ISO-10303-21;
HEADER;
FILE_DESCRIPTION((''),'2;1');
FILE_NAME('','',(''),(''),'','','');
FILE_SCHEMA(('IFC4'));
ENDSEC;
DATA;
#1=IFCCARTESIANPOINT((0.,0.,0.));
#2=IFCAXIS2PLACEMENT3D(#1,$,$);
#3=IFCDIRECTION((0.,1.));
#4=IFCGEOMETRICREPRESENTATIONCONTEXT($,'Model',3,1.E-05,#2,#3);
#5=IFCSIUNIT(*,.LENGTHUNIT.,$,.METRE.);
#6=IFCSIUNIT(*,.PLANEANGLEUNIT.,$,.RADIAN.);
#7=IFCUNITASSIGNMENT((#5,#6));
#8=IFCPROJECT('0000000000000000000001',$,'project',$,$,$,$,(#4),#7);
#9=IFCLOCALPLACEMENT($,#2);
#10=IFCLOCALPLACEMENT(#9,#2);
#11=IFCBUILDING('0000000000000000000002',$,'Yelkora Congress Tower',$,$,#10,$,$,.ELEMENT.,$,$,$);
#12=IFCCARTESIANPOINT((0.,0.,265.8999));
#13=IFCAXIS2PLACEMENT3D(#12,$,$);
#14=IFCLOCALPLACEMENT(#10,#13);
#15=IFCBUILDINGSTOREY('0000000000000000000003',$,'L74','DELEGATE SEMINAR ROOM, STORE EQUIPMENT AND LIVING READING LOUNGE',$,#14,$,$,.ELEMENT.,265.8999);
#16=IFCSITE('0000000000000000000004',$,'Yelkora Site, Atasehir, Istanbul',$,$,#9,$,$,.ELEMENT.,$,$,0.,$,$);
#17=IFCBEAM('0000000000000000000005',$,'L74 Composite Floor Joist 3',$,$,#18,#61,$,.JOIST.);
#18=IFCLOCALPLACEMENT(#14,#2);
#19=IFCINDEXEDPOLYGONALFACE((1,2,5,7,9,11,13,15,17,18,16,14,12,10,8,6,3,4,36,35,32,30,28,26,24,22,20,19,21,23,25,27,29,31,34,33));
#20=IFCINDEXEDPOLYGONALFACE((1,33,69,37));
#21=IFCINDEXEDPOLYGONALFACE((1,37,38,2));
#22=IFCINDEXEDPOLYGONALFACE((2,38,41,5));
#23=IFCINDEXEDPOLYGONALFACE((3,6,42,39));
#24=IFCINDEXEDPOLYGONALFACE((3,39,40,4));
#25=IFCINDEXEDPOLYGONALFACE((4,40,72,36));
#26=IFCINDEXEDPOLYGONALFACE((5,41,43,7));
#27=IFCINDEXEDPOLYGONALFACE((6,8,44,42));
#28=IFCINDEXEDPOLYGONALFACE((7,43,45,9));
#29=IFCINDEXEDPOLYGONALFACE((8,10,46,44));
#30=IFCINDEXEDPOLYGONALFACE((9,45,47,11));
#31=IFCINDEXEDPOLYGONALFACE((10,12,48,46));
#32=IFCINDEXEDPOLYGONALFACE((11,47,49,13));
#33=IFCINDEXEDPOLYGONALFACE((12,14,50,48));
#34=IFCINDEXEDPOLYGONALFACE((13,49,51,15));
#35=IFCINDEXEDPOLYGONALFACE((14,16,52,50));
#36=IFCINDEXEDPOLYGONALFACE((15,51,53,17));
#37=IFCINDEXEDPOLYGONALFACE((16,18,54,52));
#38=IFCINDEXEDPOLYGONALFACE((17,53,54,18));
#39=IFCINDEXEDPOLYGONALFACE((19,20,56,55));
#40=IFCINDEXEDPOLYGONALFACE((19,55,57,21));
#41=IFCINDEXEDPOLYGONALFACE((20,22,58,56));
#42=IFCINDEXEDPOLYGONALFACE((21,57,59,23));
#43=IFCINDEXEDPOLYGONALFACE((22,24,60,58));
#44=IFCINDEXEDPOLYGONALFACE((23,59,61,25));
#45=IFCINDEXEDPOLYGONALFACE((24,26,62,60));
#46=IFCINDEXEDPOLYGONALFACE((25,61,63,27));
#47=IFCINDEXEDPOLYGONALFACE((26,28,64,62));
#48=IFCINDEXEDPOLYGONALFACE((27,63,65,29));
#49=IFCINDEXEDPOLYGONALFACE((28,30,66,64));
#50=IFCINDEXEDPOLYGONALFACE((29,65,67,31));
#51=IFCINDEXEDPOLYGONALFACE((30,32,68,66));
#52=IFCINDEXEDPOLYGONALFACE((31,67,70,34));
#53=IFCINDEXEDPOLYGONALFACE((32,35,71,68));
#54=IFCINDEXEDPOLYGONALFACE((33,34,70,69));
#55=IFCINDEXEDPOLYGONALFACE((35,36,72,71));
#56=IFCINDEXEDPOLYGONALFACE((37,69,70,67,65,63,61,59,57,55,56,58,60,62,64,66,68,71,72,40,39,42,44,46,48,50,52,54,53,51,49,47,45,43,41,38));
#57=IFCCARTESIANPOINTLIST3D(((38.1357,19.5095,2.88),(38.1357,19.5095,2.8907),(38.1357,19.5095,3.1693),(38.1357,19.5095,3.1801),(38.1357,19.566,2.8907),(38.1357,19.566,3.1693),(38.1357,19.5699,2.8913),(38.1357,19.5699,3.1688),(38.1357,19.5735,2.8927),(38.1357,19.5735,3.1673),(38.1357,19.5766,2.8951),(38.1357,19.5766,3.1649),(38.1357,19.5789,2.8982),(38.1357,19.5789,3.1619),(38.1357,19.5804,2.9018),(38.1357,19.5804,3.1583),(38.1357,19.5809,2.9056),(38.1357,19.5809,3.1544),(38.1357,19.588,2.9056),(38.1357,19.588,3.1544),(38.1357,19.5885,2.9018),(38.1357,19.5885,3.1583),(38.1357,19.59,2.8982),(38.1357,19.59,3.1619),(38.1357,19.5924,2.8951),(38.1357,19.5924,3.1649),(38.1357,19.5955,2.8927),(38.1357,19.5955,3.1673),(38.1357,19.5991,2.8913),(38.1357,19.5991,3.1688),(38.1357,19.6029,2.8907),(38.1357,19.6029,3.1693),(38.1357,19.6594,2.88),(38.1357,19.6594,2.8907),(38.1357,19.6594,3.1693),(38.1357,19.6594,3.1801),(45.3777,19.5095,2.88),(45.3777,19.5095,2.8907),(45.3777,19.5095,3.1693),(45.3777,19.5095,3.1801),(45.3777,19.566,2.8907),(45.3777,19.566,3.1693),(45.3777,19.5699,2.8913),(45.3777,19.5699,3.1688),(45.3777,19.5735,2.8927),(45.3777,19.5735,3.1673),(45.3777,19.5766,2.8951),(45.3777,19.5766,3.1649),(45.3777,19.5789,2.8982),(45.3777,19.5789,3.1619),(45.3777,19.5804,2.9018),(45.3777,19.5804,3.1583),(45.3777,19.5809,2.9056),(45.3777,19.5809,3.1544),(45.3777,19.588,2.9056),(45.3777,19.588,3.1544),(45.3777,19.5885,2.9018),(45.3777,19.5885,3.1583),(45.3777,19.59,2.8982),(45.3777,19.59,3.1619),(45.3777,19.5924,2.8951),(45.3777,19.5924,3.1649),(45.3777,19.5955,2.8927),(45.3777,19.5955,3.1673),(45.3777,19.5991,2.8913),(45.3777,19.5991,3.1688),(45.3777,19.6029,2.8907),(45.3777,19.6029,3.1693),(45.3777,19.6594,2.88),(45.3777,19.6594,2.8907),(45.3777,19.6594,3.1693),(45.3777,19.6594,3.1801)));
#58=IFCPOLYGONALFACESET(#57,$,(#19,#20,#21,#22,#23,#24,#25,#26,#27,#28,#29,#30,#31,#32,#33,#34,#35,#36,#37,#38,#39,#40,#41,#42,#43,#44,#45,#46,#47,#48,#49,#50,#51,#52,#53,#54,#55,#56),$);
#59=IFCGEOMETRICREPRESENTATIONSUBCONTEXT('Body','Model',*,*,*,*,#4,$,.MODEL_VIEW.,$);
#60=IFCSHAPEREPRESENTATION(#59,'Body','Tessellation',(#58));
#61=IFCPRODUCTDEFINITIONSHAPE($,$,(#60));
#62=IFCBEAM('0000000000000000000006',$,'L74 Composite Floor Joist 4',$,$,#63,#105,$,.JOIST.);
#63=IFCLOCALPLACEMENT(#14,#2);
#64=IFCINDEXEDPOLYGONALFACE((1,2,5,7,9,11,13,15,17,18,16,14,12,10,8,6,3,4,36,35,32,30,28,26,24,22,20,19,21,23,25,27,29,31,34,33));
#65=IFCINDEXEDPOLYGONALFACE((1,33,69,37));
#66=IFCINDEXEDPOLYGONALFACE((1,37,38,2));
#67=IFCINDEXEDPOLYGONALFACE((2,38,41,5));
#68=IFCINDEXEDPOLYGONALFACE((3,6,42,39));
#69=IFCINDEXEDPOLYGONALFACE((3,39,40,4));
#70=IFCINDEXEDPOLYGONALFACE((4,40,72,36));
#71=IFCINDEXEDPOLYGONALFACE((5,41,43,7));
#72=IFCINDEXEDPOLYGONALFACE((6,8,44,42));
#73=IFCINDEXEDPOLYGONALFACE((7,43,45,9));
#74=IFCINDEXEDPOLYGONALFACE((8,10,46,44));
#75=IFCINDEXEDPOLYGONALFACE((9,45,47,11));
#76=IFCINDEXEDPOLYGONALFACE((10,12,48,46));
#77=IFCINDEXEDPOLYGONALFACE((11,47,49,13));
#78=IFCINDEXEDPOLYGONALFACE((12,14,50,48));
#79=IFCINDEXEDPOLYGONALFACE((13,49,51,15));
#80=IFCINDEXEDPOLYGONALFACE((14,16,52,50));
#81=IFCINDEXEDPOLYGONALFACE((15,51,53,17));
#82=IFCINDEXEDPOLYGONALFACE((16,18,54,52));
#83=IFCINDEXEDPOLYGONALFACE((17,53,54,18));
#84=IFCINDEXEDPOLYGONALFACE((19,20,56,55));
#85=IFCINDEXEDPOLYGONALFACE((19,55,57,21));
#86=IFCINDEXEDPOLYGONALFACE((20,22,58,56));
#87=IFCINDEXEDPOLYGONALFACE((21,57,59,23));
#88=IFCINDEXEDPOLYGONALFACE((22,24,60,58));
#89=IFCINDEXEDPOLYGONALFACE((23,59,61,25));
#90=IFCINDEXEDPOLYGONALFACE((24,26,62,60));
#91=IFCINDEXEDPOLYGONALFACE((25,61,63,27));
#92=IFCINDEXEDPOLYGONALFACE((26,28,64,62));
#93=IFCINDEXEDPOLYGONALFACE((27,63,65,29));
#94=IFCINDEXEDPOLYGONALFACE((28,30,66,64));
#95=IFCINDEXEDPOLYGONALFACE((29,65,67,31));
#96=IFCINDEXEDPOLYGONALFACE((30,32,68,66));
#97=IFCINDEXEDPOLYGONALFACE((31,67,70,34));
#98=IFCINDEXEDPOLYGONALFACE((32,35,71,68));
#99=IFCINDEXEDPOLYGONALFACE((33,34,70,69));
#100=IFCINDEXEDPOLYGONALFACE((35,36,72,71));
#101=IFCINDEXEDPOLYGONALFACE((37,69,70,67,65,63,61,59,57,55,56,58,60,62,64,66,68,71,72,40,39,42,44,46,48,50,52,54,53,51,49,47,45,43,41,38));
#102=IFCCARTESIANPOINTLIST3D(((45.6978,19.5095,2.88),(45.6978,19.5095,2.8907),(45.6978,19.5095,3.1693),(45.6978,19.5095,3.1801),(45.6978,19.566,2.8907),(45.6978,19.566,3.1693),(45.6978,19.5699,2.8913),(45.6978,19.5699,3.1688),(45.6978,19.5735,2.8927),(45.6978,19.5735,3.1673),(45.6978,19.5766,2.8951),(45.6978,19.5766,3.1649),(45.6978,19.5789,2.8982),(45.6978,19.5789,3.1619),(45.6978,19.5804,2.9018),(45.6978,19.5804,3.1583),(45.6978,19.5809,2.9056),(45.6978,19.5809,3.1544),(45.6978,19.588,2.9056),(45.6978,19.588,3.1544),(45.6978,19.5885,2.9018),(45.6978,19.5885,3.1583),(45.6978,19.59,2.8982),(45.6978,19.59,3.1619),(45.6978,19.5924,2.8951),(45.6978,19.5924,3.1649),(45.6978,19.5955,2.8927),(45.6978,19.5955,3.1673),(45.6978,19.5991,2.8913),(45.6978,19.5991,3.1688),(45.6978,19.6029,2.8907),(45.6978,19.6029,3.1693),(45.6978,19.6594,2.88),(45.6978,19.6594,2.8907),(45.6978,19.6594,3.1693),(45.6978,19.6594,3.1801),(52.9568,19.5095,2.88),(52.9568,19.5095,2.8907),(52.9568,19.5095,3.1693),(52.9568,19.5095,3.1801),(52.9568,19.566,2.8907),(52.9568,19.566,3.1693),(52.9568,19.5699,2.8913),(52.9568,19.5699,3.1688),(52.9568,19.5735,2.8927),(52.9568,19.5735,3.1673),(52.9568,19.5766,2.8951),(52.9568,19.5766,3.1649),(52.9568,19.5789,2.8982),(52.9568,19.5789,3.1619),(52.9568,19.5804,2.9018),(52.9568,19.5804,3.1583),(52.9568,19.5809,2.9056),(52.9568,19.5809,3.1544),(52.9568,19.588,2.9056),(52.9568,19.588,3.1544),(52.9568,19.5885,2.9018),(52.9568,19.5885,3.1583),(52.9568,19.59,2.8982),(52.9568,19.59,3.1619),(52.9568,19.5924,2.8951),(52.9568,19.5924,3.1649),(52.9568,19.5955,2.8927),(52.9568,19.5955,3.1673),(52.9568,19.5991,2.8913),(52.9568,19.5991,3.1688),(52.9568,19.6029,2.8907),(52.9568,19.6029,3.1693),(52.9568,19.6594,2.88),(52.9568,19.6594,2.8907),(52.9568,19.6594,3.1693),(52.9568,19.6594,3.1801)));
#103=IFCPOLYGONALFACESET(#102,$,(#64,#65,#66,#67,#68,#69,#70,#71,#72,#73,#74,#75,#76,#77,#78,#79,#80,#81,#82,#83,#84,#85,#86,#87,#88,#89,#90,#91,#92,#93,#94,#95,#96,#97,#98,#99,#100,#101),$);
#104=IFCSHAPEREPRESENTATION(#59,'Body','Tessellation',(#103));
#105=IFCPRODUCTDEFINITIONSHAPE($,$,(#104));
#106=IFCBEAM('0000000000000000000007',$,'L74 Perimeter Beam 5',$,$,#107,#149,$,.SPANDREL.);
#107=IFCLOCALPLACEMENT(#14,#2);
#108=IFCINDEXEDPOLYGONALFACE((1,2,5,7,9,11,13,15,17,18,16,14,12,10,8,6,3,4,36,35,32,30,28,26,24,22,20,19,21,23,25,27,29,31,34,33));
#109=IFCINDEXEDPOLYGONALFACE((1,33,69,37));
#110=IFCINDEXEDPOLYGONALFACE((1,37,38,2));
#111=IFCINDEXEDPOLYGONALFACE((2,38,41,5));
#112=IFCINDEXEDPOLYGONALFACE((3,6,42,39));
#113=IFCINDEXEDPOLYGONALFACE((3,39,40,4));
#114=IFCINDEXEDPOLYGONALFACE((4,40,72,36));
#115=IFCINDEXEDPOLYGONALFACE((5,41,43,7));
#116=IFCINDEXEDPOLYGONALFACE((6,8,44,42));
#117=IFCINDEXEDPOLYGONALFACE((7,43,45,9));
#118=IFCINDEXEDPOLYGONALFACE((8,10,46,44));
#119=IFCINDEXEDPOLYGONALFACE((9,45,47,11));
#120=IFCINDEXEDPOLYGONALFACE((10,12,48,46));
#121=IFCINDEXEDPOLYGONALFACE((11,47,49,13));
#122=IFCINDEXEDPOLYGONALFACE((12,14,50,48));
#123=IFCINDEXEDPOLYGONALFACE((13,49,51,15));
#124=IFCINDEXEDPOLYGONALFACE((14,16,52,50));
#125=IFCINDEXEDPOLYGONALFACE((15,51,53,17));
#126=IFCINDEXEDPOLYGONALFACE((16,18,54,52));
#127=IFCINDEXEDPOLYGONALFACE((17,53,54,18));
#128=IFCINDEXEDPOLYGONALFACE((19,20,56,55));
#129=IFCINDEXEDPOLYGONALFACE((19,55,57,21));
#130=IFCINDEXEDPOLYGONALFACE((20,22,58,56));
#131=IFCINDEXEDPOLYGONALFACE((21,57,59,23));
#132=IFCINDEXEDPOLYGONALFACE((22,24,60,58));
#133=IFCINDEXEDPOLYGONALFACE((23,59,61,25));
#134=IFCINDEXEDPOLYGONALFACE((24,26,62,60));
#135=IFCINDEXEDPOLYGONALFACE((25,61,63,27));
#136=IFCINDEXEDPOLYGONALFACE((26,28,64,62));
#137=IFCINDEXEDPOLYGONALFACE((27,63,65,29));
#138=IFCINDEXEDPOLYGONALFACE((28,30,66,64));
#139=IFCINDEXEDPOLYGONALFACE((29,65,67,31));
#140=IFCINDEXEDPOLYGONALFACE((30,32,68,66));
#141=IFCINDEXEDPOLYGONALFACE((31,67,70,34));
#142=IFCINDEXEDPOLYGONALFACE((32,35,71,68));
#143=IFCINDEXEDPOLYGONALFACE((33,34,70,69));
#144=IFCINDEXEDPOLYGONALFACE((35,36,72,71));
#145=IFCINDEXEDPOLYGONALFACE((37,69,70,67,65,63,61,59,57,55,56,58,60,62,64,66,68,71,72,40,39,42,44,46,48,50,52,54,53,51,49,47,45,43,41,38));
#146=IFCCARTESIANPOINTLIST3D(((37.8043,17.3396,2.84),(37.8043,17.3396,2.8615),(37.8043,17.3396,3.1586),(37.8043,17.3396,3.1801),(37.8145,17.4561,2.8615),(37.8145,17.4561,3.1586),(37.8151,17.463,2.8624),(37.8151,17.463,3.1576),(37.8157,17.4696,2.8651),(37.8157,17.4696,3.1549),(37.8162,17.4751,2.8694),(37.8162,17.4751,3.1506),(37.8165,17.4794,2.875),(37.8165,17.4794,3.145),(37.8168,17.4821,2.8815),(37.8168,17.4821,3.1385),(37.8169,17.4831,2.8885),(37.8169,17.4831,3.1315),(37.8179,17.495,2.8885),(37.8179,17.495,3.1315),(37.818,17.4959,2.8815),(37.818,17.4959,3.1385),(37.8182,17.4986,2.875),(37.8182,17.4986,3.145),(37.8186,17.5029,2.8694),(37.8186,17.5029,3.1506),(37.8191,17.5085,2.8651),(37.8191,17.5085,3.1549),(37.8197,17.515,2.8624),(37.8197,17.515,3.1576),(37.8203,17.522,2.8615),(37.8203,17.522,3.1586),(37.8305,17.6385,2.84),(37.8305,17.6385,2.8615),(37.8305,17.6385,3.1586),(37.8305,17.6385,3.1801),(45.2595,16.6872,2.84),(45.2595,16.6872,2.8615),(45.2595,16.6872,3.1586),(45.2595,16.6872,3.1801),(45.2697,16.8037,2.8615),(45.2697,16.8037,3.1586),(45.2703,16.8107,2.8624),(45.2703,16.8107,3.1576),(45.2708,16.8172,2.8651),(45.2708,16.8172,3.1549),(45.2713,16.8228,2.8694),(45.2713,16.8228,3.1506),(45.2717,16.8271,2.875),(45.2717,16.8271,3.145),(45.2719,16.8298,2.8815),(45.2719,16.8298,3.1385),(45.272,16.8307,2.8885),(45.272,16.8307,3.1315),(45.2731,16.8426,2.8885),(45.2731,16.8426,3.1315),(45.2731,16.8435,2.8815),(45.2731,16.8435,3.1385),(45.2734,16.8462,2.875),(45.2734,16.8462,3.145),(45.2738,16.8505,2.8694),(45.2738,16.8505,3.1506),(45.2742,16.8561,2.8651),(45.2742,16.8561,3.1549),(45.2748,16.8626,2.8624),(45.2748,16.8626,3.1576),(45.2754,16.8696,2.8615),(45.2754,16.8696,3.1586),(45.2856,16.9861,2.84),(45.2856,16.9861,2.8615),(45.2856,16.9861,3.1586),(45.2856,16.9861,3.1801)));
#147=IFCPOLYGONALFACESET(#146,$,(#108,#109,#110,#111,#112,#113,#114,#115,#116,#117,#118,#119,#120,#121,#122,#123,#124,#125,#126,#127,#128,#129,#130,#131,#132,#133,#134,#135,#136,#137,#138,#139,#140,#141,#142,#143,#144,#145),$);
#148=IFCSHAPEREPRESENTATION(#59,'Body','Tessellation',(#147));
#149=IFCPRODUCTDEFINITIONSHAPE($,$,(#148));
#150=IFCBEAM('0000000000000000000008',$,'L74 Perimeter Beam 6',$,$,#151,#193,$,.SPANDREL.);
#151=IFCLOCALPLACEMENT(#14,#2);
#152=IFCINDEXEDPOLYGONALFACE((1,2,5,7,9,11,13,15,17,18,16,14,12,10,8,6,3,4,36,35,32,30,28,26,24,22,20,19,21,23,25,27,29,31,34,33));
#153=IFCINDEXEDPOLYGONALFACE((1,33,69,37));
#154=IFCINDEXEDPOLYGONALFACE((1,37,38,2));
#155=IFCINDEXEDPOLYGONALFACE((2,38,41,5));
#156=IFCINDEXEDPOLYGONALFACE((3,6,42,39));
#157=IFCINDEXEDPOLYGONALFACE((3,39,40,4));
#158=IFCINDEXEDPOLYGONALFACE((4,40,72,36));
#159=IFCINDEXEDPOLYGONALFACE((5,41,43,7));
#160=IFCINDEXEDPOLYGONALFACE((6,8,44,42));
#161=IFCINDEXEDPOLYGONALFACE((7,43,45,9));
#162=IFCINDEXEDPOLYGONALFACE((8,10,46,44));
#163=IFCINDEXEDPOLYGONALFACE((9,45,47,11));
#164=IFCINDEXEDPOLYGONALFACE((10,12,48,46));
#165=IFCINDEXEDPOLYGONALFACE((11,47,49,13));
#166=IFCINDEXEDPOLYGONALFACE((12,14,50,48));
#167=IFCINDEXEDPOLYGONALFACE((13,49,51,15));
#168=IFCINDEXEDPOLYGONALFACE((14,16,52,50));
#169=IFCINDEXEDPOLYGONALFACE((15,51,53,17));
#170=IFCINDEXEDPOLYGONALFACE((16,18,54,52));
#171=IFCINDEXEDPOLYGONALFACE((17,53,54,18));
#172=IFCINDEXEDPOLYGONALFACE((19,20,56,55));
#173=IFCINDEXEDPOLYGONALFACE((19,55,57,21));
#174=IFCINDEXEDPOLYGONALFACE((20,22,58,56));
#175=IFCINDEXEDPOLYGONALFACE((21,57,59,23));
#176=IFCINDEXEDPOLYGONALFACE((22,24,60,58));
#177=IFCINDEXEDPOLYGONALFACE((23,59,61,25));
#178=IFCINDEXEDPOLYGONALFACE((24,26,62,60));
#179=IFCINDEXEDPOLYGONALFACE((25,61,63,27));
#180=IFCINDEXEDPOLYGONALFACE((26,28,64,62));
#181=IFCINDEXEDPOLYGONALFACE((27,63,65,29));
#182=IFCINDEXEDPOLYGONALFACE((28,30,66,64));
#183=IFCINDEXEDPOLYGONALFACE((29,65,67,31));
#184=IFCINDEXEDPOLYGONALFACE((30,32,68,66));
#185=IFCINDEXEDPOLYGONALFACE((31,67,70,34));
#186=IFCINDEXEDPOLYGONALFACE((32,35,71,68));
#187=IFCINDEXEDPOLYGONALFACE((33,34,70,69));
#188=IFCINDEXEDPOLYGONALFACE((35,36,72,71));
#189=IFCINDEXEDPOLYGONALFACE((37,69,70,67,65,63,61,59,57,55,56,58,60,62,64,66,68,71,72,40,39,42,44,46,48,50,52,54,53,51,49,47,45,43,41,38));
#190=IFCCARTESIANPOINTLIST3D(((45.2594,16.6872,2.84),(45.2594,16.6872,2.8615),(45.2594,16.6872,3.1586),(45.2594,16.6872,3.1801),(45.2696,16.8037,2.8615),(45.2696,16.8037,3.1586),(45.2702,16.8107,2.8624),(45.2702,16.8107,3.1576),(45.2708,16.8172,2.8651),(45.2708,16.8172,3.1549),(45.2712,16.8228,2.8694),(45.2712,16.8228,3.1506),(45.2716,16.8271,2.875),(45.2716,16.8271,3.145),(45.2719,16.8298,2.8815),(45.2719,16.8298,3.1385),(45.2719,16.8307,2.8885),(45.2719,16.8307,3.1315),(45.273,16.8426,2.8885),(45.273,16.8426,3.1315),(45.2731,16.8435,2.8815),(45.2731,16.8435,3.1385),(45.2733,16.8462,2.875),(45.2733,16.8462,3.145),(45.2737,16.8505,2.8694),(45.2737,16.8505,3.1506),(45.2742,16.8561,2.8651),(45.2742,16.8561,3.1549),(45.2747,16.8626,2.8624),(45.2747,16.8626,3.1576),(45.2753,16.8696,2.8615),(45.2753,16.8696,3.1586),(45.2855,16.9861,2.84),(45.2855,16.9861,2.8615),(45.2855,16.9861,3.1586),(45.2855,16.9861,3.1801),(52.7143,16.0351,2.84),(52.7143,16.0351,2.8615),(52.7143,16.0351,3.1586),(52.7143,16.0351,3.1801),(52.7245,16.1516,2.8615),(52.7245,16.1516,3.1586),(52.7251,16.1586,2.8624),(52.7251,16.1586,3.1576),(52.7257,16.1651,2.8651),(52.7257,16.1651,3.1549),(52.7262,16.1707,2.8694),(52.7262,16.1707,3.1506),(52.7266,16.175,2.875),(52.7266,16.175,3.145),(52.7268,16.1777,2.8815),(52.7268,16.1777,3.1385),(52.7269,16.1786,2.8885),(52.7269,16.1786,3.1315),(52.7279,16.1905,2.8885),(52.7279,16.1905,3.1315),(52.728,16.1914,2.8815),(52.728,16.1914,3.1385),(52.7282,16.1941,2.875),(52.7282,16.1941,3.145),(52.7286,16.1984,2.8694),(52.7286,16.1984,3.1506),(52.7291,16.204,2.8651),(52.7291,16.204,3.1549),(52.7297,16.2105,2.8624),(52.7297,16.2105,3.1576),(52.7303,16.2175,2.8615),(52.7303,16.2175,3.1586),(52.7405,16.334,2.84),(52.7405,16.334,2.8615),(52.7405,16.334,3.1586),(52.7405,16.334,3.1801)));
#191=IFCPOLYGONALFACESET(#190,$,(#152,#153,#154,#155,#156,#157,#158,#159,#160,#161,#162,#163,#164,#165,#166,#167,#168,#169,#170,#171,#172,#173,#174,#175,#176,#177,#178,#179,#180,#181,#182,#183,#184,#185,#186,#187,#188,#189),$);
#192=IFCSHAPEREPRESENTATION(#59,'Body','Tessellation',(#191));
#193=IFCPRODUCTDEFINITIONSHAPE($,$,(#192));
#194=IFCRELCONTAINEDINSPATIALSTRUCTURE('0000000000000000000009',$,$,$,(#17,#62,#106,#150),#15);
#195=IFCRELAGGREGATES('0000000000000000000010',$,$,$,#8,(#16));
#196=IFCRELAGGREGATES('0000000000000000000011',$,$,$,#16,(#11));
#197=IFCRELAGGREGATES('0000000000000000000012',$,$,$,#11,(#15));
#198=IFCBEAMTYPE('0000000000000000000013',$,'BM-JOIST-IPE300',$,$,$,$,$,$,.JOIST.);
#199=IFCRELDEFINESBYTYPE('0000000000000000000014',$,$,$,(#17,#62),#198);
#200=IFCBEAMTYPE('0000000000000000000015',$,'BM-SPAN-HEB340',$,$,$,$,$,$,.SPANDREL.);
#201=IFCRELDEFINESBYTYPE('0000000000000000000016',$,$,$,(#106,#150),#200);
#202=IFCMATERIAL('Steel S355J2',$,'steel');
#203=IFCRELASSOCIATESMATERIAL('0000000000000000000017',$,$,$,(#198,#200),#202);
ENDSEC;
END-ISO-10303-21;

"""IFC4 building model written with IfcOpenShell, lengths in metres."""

from ifc_helpers import new_model, si_unit, direction, frame, origin, origin_2d, place, context, subcontext, project, spatial, i_section, extrude, material, material_profile, profile_set, type_object, element, save


model = new_model("IFC4")

# Units and contexts
model_context = context("Model", 3, precision=1e-05, world=origin(), true_north=direction((0.0, 1.0)))
body_context = subcontext(model_context, "Body", "Model", "MODEL_VIEW")
ifc_project = project(units=[si_unit("LENGTHUNIT", "METRE"), si_unit("PLANEANGLEUNIT", "RADIAN")], contexts=[model_context])

# Site, building, storey
site_placement = place(None, origin())
site = spatial("IfcSite", under=ifc_project, at=site_placement, Name="Yelkora Site, Atasehir, Istanbul", CompositionType="ELEMENT", RefElevation=0.0)
building_placement = place(site_placement, origin())
building = spatial("IfcBuilding", under=site, at=building_placement, Name="Yelkora Congress Tower", CompositionType="ELEMENT")
storey_placement = place(building_placement, frame((0.0, 0.0, 265.8999)))
storey = spatial("IfcBuildingStorey", under=building, at=storey_placement, Name="L74", Description="DELEGATE SEMINAR ROOM, STORE EQUIPMENT AND LIVING READING LOUNGE", CompositionType="ELEMENT", Elevation=265.8999)

# Shared definitions
ifc_material_1 = material(Name="Steel S355J2", Category="steel")

# Beams
ifc_material_profile_1 = material_profile(ifc_material_1, i_section(OverallWidth=0.1499, OverallDepth=0.3, WebThickness=0.0071, FlangeThickness=0.0107, FilletRadius=0.0149, at=origin_2d()), Name="IPE 300")
ifc_profile_set_1 = profile_set([ifc_material_profile_1], Name="Steel S355J2")
beam_type_1 = type_object("IfcBeamType", Name="BM-JOIST-IPE300", PredefinedType="JOIST", material=ifc_profile_set_1)
beam_1_placement = place(storey_placement, frame((38.1357, 19.5845, 3.03), z_axis=(1.0, 0.0, 0.0), x_axis=(0.0, 1.0, 0.0)))
element("IfcBeam", 1, at=beam_1_placement, inside=storey, type_object=beam_type_1, Name="L74 Composite Floor Joist 3", PredefinedType="JOIST", context=body_context, shape_type="SweptSolid", body=[
    extrude(i_section(OverallWidth=0.1499, OverallDepth=0.3, WebThickness=0.0071, FlangeThickness=0.0107, FilletRadius=0.0149, at=origin_2d()), origin(), (0.0, 0.0, 1.0), 7.2419),
])
beam_2_placement = place(storey_placement, frame((45.6978, 19.5845, 3.03), z_axis=(1.0, 0.0, 0.0), x_axis=(0.0, 1.0, 0.0)))
element("IfcBeam", 2, at=beam_2_placement, inside=storey, type_object=beam_type_1, Name="L74 Composite Floor Joist 4", PredefinedType="JOIST", context=body_context, shape_type="SweptSolid", body=[
    extrude(i_section(OverallWidth=0.1499, OverallDepth=0.3, WebThickness=0.0071, FlangeThickness=0.0107, FilletRadius=0.0149, at=origin_2d()), origin(), (0.0, 0.0, 1.0), 7.259),
])
ifc_material_profile_2 = material_profile(ifc_material_1, i_section(OverallWidth=0.3, OverallDepth=0.3401, WebThickness=0.012, FlangeThickness=0.0215, FilletRadius=0.0271, at=origin_2d()), Name="HEB 340")
ifc_profile_set_2 = profile_set([ifc_material_profile_2], Name="Steel S355J2")
beam_type_2 = type_object("IfcBeamType", Name="BM-SPAN-HEB340", PredefinedType="SPANDREL", material=ifc_profile_set_2)
beam_3_placement = place(storey_placement, frame((37.8174, 17.489, 3.01), z_axis=(0.996193, -0.08717, 0.0), x_axis=(0.08717, 0.996193, 0.0)))
element("IfcBeam", 3, at=beam_3_placement, inside=storey, type_object=beam_type_2, Name="L74 Perimeter Beam 5", PredefinedType="SPANDREL", context=body_context, shape_type="SweptSolid", body=[
    extrude(i_section(OverallWidth=0.3, OverallDepth=0.3401, WebThickness=0.012, FlangeThickness=0.0215, FilletRadius=0.0271, at=origin_2d()), origin(), (0.0, 0.0, 1.0), 7.4836),
])
beam_4_placement = place(storey_placement, frame((45.2725, 16.8367, 3.01), z_axis=(0.996196, -0.087141, 0.0), x_axis=(0.087141, 0.996196, 0.0)))
element("IfcBeam", 4, at=beam_4_placement, inside=storey, type_object=beam_type_2, Name="L74 Perimeter Beam 6", PredefinedType="SPANDREL", context=body_context, shape_type="SweptSolid", body=[
    extrude(i_section(OverallWidth=0.3, OverallDepth=0.3401, WebThickness=0.012, FlangeThickness=0.0215, FilletRadius=0.0271, at=origin_2d()), origin(), (0.0, 0.0, 1.0), 7.4834),
])

save(model, "model.ifc")
